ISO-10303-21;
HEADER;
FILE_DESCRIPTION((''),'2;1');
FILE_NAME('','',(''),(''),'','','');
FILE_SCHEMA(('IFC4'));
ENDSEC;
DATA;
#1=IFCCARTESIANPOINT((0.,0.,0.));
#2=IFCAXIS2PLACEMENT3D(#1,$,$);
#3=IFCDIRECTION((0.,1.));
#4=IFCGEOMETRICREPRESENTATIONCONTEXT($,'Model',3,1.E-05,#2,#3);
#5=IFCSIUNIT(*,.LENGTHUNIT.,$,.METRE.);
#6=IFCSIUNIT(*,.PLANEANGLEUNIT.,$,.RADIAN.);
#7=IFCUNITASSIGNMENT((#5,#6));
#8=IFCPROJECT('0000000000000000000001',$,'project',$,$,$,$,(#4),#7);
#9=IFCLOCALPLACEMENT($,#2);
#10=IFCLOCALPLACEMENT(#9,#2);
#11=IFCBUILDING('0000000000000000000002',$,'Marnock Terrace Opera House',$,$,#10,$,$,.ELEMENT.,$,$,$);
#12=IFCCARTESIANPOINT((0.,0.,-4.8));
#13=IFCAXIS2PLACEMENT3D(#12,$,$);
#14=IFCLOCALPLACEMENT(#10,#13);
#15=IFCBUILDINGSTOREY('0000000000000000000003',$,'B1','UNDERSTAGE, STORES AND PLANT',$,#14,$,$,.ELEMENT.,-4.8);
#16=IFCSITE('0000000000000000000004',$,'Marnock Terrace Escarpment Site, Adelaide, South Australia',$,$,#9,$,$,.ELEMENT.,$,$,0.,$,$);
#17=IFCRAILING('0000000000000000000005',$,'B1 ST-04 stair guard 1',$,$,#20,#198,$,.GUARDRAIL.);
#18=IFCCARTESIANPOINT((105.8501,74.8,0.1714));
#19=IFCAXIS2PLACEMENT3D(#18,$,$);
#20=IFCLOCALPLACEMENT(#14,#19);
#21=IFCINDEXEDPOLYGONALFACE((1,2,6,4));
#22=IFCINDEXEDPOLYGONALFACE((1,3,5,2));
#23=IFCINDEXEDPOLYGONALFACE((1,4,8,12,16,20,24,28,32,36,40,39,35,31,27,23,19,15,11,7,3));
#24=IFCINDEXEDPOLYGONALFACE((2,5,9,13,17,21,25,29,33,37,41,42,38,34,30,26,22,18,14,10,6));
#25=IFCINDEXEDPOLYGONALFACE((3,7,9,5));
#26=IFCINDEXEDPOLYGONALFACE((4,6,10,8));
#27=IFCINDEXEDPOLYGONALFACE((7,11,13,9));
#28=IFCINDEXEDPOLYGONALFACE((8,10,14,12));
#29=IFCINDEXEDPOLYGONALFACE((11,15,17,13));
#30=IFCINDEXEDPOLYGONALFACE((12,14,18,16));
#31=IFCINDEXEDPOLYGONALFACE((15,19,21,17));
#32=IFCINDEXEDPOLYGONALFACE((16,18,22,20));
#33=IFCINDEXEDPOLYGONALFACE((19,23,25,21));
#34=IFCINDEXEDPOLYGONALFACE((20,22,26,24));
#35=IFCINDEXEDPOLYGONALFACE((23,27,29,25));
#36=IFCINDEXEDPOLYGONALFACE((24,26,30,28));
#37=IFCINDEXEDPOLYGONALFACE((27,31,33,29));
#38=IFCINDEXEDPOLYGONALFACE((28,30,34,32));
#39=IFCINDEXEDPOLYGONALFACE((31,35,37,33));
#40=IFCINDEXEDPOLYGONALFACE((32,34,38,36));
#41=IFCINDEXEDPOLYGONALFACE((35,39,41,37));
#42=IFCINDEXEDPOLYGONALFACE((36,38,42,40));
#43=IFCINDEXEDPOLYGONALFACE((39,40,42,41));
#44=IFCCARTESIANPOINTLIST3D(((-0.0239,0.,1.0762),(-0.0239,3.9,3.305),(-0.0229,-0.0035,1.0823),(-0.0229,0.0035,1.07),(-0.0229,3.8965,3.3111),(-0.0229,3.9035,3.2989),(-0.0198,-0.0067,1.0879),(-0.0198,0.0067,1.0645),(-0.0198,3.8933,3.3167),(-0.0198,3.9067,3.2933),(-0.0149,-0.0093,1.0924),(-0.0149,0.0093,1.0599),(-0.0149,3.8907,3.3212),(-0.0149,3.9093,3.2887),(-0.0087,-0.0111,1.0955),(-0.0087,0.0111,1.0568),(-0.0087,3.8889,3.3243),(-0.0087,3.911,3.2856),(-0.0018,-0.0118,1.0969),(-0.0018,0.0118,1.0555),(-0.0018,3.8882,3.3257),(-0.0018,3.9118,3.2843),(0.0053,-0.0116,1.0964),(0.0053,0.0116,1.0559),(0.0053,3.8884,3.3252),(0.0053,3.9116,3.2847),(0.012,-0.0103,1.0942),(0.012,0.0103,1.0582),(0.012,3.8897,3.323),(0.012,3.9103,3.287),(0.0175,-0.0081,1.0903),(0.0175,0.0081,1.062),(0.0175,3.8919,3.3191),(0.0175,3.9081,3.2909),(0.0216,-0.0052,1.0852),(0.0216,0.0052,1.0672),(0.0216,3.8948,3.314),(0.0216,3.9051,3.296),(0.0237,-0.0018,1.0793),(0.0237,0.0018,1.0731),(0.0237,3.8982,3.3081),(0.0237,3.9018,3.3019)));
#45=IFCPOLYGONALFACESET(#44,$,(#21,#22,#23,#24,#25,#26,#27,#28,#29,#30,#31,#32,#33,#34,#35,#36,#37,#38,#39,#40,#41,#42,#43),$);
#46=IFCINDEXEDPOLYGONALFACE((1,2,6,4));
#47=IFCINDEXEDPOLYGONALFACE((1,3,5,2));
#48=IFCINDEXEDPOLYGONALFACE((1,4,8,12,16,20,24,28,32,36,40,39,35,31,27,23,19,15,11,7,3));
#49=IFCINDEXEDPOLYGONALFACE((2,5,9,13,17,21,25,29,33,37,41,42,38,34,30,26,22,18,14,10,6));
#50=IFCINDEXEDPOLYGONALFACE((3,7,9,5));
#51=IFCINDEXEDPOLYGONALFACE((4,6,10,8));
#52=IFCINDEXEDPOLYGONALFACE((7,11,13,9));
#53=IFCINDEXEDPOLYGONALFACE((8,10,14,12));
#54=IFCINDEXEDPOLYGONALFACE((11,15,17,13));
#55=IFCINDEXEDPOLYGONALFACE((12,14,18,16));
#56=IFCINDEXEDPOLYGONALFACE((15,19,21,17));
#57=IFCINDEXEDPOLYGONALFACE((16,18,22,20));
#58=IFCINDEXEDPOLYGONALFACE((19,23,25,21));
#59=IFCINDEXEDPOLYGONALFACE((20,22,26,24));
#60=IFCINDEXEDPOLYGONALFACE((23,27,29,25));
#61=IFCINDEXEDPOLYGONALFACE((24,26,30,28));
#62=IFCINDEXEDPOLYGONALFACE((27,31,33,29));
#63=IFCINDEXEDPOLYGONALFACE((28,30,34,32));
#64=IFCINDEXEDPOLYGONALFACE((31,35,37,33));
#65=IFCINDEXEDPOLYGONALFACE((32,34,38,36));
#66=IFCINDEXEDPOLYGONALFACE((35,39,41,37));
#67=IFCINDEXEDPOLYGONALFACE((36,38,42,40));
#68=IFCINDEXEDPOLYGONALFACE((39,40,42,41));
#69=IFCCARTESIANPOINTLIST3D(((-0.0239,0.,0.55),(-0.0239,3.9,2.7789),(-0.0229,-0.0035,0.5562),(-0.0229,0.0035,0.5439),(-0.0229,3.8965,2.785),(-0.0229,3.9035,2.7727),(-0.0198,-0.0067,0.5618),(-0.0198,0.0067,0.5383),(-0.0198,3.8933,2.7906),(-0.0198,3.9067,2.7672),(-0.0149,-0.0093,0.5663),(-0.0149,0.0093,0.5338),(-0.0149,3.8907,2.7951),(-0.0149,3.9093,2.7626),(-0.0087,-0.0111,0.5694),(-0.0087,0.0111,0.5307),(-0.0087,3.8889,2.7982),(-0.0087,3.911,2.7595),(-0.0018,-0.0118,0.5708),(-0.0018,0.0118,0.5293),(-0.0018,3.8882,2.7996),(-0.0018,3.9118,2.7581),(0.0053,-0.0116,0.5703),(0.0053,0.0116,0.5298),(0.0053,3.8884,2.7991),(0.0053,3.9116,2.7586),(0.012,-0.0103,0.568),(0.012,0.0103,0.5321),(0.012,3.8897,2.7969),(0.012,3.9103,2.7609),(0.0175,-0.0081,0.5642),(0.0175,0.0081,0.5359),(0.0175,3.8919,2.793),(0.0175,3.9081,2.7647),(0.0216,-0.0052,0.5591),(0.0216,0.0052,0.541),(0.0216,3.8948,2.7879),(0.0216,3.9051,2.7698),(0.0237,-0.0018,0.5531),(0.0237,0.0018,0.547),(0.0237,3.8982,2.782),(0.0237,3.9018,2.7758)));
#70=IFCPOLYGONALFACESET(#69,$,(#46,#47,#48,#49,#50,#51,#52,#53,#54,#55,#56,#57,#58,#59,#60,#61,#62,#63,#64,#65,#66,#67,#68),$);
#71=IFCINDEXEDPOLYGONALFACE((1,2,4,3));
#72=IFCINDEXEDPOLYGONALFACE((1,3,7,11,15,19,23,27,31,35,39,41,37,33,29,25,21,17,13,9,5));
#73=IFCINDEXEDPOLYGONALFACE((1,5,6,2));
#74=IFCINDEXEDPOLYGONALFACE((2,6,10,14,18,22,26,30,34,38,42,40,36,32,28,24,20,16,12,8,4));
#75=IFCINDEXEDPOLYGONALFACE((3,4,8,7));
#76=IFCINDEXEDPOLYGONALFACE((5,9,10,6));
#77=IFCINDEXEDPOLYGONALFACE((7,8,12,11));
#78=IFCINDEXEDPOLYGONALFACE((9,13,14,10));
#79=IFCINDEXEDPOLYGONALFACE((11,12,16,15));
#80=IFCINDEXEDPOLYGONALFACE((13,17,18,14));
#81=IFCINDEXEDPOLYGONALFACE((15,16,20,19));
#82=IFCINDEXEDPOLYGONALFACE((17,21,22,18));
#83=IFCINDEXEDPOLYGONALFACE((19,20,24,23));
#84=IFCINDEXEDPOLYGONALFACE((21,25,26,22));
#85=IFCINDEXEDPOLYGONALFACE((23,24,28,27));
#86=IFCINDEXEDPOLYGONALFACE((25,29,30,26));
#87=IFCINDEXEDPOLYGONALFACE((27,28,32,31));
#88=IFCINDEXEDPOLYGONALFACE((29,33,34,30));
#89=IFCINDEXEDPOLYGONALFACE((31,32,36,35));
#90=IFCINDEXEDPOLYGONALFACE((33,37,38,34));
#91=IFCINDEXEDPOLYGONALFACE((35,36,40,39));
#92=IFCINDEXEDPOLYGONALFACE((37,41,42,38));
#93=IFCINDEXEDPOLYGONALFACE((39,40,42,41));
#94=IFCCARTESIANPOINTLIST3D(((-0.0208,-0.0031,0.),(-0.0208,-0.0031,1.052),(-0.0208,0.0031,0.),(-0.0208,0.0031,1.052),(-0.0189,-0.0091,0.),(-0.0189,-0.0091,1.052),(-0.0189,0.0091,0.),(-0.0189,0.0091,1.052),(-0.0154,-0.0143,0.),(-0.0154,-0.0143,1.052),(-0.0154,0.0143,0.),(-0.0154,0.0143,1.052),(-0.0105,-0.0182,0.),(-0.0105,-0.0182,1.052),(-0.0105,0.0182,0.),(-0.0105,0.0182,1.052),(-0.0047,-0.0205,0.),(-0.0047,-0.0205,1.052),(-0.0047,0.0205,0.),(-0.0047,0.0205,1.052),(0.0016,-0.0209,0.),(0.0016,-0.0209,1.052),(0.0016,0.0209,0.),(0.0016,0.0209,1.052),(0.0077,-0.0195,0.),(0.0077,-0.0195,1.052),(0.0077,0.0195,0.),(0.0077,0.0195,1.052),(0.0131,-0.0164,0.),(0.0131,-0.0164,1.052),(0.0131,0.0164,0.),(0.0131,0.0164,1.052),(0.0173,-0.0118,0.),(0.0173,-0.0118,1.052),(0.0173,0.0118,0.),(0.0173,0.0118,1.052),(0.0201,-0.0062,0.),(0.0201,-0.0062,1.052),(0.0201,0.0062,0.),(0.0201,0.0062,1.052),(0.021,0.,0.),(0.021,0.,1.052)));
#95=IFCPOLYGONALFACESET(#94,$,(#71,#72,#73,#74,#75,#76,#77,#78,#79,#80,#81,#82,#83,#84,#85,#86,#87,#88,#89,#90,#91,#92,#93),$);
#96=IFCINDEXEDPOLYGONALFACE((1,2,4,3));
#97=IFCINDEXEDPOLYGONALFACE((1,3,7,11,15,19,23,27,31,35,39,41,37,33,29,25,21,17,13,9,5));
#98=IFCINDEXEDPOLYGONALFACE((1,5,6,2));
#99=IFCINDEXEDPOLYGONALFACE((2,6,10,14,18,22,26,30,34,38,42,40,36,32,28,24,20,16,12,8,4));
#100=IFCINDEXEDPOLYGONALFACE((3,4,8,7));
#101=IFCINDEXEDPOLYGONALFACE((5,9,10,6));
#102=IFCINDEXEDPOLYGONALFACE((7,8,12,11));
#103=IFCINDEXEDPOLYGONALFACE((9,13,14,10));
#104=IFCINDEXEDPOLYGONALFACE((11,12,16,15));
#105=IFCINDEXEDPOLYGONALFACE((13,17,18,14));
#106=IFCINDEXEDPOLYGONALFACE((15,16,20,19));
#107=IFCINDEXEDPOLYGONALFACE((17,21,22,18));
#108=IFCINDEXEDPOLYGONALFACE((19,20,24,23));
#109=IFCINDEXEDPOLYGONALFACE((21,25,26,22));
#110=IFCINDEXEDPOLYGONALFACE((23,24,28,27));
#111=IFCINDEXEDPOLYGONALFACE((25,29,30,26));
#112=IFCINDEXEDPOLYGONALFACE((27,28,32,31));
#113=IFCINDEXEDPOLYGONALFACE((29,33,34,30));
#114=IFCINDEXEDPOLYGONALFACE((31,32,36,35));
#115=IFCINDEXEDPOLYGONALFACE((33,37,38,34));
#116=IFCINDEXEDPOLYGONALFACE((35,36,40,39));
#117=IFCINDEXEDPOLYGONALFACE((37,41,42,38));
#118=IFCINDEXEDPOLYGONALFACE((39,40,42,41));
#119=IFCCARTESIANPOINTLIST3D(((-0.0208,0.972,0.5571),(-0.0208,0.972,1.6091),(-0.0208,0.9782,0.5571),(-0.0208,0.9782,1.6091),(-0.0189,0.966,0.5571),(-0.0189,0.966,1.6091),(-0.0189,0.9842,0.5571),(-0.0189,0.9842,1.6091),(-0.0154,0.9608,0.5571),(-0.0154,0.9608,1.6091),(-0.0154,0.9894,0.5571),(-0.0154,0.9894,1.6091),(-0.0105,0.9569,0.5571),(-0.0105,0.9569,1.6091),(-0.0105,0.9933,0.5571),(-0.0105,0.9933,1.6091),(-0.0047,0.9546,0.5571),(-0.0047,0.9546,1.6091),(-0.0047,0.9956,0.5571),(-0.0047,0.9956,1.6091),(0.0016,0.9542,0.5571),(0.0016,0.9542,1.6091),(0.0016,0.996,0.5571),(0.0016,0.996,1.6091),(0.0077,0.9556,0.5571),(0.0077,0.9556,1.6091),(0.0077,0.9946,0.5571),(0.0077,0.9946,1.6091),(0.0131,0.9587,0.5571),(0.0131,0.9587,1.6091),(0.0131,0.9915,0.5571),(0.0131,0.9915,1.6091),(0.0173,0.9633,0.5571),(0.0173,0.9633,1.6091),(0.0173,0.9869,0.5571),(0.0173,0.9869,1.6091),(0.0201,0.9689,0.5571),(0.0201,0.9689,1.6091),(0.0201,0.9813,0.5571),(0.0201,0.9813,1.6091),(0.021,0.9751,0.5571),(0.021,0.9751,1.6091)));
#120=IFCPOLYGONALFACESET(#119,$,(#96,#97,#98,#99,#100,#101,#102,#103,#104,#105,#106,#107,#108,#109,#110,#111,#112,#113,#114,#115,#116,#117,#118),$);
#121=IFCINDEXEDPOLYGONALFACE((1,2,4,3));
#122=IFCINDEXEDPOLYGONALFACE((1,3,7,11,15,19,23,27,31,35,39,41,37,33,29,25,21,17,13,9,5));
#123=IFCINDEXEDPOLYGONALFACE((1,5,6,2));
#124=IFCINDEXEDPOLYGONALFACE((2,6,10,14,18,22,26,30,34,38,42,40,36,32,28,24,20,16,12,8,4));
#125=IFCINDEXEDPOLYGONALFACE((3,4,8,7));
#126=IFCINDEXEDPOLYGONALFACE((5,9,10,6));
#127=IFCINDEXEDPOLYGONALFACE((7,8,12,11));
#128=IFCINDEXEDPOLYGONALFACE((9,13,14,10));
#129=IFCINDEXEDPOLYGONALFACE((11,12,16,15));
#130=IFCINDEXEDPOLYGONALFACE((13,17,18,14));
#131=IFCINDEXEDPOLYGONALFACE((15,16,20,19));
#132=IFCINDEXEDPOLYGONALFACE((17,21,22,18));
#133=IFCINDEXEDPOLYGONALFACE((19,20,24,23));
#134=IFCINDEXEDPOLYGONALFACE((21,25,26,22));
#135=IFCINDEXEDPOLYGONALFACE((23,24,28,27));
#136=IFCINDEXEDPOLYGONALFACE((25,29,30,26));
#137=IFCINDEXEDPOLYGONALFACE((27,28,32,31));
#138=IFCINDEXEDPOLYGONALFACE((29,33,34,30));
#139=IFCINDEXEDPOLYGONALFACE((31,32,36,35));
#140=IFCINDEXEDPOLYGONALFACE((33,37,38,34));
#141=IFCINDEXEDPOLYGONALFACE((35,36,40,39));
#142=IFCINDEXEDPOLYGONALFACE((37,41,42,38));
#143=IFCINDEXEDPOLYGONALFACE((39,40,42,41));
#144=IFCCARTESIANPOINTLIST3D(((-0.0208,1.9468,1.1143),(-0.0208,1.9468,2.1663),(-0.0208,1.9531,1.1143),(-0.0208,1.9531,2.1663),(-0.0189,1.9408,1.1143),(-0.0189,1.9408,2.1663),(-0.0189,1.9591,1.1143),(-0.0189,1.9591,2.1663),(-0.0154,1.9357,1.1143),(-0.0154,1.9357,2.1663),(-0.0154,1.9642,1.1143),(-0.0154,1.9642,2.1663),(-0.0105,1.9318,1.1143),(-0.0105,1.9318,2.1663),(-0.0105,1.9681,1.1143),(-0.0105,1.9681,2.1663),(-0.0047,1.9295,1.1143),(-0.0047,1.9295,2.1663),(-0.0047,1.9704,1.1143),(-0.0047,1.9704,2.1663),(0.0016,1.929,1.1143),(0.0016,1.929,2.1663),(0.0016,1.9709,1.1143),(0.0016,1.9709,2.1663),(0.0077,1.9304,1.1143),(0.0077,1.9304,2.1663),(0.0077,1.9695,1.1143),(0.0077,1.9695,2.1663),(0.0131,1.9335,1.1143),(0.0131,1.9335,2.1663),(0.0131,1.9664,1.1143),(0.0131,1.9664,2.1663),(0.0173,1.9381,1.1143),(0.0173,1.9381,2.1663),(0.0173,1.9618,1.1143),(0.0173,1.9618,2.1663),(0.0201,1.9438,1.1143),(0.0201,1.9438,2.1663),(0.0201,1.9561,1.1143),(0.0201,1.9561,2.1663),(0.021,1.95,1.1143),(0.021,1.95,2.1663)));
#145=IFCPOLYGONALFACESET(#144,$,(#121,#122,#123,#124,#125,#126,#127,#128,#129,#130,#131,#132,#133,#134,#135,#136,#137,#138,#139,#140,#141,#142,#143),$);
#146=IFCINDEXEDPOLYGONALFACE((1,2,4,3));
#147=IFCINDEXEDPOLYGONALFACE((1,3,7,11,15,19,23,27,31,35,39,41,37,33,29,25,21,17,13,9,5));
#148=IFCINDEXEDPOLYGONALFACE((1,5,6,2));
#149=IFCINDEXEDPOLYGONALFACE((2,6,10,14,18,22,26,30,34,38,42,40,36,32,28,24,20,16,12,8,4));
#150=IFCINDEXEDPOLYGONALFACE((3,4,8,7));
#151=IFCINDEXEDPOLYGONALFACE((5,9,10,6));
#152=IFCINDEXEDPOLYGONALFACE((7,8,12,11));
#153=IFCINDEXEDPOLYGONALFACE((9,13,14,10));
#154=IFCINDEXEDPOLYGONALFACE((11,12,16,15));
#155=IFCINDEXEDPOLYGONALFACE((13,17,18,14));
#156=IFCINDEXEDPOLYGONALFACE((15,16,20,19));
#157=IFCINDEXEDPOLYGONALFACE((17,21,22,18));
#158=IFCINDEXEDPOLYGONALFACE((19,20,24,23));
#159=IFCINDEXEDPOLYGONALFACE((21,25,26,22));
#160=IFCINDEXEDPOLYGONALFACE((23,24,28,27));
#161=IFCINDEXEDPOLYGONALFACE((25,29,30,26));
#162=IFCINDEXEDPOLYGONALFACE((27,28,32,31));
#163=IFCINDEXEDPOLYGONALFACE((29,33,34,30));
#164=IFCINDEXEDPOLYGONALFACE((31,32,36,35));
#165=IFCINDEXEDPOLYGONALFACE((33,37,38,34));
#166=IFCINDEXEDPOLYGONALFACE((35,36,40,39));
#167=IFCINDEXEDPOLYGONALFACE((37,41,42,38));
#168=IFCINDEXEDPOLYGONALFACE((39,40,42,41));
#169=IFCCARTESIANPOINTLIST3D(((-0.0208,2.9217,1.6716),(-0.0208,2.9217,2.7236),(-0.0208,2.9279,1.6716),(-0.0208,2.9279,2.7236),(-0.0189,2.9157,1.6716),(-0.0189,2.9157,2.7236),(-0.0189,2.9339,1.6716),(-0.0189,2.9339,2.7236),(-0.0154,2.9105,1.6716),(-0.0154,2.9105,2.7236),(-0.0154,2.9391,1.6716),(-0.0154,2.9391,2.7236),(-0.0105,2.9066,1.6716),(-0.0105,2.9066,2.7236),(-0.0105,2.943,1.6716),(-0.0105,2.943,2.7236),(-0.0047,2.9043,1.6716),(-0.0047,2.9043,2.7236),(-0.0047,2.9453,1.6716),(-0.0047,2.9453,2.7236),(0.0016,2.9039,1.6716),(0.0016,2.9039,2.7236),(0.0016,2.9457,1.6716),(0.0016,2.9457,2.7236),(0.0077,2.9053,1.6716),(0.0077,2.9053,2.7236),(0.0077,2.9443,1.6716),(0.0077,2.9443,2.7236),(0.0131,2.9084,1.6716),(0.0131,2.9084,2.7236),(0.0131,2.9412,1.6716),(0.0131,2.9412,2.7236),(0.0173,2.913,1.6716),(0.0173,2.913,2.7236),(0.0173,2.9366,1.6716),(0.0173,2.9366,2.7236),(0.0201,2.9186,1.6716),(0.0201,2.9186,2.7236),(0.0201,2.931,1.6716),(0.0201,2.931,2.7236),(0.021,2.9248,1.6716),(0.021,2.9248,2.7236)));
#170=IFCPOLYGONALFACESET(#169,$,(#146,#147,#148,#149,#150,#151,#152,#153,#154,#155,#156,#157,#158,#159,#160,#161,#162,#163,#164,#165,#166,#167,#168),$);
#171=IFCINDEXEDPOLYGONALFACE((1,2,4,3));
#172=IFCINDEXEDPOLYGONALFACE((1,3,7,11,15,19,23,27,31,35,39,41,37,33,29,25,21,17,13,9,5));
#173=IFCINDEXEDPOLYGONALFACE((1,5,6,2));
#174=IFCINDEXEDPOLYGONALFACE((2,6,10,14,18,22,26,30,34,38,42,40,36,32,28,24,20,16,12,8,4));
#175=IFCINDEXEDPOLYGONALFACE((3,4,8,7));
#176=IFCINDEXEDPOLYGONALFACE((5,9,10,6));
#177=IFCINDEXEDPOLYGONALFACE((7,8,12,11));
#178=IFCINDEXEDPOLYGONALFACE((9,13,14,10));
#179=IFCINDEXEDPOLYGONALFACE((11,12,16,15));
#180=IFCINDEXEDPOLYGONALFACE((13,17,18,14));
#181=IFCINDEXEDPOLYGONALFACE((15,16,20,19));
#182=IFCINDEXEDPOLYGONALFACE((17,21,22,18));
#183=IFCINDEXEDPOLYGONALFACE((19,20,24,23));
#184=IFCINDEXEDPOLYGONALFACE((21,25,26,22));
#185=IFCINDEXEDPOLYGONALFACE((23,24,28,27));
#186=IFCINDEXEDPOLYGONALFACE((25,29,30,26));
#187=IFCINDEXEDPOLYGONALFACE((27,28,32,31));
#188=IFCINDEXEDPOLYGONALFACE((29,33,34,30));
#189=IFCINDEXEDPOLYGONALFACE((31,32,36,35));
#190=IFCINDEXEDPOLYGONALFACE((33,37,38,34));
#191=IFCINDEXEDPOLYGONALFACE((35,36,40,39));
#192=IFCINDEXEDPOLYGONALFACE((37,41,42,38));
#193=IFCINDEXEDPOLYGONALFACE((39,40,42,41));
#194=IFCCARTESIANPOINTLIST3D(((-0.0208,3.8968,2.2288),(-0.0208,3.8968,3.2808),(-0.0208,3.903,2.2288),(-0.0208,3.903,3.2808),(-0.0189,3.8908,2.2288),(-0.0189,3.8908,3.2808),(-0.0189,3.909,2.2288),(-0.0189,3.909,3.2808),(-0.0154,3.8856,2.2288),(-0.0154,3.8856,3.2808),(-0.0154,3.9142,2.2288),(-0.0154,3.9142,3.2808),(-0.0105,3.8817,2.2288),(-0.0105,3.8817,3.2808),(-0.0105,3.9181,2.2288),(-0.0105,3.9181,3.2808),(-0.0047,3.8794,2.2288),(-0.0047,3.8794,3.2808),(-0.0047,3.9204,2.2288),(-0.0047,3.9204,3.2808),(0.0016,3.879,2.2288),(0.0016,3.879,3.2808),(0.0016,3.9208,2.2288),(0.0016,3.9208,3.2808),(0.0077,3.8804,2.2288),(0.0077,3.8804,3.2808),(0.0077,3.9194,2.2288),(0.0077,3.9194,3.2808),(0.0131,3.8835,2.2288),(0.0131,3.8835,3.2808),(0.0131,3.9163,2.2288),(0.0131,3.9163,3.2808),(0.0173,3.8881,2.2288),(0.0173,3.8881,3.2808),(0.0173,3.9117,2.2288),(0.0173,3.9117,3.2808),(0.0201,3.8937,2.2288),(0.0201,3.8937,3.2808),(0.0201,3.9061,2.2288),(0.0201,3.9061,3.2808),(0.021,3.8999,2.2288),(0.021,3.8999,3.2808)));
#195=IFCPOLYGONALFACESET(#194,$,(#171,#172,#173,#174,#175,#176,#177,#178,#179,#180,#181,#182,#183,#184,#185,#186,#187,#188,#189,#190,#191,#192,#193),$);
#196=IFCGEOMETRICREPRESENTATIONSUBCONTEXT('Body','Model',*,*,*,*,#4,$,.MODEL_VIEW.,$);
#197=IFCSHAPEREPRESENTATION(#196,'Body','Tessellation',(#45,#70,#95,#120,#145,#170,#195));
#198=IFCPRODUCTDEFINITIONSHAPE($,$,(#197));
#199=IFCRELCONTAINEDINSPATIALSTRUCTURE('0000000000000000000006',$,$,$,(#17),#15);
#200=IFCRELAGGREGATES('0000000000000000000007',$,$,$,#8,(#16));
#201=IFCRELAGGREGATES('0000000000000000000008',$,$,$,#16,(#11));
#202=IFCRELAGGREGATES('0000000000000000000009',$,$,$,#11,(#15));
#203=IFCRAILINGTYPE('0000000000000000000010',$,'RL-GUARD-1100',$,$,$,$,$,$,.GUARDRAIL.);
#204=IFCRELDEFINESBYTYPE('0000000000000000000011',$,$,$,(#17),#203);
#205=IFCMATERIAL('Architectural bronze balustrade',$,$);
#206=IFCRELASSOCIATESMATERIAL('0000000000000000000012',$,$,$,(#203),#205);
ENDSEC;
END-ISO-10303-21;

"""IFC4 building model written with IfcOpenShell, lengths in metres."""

from ifc_helpers import new_model, si_unit, direction, frame, origin, origin_2d, place, context, subcontext, project, spatial, circle, extrude, material, type_object, element, save


model = new_model("IFC4")

# Units and contexts
model_context = context("Model", 3, precision=1e-05, world=origin(), true_north=direction((0.0, 1.0)))
body_context = subcontext(model_context, "Body", "Model", "MODEL_VIEW")
ifc_project = project(units=[si_unit("LENGTHUNIT", "METRE"), si_unit("PLANEANGLEUNIT", "RADIAN")], contexts=[model_context])

# Site, building, storey
site_placement = place(None, origin())
site = spatial("IfcSite", under=ifc_project, at=site_placement, Name="Marnock Terrace Escarpment Site, Adelaide, South Australia", CompositionType="ELEMENT", RefElevation=0.0)
building_placement = place(site_placement, origin())
building = spatial("IfcBuilding", under=site, at=building_placement, Name="Marnock Terrace Opera House", CompositionType="ELEMENT")
storey_placement = place(building_placement, frame((0.0, 0.0, -4.8)))
storey = spatial("IfcBuildingStorey", under=building, at=storey_placement, Name="B1", Description="UNDERSTAGE, STORES AND PLANT", CompositionType="ELEMENT", Elevation=-4.8)

# Railing
ifc_material_1 = material(Name="Architectural bronze balustrade")
railing_type_1 = type_object("IfcRailingType", Name="RL-GUARD-1100", PredefinedType="GUARDRAIL", material=ifc_material_1)
railing_1_placement = place(storey_placement, frame((105.8501, 74.8, 0.1714)))
element("IfcRailing", 1, at=railing_1_placement, inside=storey, type_object=railing_type_1, Name="B1 ST-04 stair guard 1", PredefinedType="GUARDRAIL", context=body_context, shape_type="SweptSolid", body=[
    extrude(circle(Radius=0.0239, at=origin_2d()), frame((0.0, 0.0, 1.0762), z_axis=(0.0, 0.86822, 0.49618), x_axis=(-1.0, 0.0, 0.0)), (0.0, 0.0, 1.0), 4.4919),
    extrude(circle(Radius=0.0239, at=origin_2d()), frame((0.0, 0.0, 0.55), z_axis=(0.0, 0.86822, 0.49618), x_axis=(-1.0, 0.0, 0.0)), (0.0, 0.0, 1.0), 4.4919),
    extrude(circle(Radius=0.021, at=origin_2d()), origin(), (0.0, 0.0, 1.0), 1.052),
    extrude(circle(Radius=0.021, at=origin_2d()), frame((0.0, 0.9751, 0.5571)), (0.0, 0.0, 1.0), 1.052),
    extrude(circle(Radius=0.021, at=origin_2d()), frame((0.0, 1.95, 1.1143)), (0.0, 0.0, 1.0), 1.052),
    extrude(circle(Radius=0.021, at=origin_2d()), frame((0.0, 2.9248, 1.6716)), (0.0, 0.0, 1.0), 1.052),
    extrude(circle(Radius=0.021, at=origin_2d()), frame((0.0, 3.8999, 2.2288)), (0.0, 0.0, 1.0), 1.052),
])

save(model, "model.ifc")
